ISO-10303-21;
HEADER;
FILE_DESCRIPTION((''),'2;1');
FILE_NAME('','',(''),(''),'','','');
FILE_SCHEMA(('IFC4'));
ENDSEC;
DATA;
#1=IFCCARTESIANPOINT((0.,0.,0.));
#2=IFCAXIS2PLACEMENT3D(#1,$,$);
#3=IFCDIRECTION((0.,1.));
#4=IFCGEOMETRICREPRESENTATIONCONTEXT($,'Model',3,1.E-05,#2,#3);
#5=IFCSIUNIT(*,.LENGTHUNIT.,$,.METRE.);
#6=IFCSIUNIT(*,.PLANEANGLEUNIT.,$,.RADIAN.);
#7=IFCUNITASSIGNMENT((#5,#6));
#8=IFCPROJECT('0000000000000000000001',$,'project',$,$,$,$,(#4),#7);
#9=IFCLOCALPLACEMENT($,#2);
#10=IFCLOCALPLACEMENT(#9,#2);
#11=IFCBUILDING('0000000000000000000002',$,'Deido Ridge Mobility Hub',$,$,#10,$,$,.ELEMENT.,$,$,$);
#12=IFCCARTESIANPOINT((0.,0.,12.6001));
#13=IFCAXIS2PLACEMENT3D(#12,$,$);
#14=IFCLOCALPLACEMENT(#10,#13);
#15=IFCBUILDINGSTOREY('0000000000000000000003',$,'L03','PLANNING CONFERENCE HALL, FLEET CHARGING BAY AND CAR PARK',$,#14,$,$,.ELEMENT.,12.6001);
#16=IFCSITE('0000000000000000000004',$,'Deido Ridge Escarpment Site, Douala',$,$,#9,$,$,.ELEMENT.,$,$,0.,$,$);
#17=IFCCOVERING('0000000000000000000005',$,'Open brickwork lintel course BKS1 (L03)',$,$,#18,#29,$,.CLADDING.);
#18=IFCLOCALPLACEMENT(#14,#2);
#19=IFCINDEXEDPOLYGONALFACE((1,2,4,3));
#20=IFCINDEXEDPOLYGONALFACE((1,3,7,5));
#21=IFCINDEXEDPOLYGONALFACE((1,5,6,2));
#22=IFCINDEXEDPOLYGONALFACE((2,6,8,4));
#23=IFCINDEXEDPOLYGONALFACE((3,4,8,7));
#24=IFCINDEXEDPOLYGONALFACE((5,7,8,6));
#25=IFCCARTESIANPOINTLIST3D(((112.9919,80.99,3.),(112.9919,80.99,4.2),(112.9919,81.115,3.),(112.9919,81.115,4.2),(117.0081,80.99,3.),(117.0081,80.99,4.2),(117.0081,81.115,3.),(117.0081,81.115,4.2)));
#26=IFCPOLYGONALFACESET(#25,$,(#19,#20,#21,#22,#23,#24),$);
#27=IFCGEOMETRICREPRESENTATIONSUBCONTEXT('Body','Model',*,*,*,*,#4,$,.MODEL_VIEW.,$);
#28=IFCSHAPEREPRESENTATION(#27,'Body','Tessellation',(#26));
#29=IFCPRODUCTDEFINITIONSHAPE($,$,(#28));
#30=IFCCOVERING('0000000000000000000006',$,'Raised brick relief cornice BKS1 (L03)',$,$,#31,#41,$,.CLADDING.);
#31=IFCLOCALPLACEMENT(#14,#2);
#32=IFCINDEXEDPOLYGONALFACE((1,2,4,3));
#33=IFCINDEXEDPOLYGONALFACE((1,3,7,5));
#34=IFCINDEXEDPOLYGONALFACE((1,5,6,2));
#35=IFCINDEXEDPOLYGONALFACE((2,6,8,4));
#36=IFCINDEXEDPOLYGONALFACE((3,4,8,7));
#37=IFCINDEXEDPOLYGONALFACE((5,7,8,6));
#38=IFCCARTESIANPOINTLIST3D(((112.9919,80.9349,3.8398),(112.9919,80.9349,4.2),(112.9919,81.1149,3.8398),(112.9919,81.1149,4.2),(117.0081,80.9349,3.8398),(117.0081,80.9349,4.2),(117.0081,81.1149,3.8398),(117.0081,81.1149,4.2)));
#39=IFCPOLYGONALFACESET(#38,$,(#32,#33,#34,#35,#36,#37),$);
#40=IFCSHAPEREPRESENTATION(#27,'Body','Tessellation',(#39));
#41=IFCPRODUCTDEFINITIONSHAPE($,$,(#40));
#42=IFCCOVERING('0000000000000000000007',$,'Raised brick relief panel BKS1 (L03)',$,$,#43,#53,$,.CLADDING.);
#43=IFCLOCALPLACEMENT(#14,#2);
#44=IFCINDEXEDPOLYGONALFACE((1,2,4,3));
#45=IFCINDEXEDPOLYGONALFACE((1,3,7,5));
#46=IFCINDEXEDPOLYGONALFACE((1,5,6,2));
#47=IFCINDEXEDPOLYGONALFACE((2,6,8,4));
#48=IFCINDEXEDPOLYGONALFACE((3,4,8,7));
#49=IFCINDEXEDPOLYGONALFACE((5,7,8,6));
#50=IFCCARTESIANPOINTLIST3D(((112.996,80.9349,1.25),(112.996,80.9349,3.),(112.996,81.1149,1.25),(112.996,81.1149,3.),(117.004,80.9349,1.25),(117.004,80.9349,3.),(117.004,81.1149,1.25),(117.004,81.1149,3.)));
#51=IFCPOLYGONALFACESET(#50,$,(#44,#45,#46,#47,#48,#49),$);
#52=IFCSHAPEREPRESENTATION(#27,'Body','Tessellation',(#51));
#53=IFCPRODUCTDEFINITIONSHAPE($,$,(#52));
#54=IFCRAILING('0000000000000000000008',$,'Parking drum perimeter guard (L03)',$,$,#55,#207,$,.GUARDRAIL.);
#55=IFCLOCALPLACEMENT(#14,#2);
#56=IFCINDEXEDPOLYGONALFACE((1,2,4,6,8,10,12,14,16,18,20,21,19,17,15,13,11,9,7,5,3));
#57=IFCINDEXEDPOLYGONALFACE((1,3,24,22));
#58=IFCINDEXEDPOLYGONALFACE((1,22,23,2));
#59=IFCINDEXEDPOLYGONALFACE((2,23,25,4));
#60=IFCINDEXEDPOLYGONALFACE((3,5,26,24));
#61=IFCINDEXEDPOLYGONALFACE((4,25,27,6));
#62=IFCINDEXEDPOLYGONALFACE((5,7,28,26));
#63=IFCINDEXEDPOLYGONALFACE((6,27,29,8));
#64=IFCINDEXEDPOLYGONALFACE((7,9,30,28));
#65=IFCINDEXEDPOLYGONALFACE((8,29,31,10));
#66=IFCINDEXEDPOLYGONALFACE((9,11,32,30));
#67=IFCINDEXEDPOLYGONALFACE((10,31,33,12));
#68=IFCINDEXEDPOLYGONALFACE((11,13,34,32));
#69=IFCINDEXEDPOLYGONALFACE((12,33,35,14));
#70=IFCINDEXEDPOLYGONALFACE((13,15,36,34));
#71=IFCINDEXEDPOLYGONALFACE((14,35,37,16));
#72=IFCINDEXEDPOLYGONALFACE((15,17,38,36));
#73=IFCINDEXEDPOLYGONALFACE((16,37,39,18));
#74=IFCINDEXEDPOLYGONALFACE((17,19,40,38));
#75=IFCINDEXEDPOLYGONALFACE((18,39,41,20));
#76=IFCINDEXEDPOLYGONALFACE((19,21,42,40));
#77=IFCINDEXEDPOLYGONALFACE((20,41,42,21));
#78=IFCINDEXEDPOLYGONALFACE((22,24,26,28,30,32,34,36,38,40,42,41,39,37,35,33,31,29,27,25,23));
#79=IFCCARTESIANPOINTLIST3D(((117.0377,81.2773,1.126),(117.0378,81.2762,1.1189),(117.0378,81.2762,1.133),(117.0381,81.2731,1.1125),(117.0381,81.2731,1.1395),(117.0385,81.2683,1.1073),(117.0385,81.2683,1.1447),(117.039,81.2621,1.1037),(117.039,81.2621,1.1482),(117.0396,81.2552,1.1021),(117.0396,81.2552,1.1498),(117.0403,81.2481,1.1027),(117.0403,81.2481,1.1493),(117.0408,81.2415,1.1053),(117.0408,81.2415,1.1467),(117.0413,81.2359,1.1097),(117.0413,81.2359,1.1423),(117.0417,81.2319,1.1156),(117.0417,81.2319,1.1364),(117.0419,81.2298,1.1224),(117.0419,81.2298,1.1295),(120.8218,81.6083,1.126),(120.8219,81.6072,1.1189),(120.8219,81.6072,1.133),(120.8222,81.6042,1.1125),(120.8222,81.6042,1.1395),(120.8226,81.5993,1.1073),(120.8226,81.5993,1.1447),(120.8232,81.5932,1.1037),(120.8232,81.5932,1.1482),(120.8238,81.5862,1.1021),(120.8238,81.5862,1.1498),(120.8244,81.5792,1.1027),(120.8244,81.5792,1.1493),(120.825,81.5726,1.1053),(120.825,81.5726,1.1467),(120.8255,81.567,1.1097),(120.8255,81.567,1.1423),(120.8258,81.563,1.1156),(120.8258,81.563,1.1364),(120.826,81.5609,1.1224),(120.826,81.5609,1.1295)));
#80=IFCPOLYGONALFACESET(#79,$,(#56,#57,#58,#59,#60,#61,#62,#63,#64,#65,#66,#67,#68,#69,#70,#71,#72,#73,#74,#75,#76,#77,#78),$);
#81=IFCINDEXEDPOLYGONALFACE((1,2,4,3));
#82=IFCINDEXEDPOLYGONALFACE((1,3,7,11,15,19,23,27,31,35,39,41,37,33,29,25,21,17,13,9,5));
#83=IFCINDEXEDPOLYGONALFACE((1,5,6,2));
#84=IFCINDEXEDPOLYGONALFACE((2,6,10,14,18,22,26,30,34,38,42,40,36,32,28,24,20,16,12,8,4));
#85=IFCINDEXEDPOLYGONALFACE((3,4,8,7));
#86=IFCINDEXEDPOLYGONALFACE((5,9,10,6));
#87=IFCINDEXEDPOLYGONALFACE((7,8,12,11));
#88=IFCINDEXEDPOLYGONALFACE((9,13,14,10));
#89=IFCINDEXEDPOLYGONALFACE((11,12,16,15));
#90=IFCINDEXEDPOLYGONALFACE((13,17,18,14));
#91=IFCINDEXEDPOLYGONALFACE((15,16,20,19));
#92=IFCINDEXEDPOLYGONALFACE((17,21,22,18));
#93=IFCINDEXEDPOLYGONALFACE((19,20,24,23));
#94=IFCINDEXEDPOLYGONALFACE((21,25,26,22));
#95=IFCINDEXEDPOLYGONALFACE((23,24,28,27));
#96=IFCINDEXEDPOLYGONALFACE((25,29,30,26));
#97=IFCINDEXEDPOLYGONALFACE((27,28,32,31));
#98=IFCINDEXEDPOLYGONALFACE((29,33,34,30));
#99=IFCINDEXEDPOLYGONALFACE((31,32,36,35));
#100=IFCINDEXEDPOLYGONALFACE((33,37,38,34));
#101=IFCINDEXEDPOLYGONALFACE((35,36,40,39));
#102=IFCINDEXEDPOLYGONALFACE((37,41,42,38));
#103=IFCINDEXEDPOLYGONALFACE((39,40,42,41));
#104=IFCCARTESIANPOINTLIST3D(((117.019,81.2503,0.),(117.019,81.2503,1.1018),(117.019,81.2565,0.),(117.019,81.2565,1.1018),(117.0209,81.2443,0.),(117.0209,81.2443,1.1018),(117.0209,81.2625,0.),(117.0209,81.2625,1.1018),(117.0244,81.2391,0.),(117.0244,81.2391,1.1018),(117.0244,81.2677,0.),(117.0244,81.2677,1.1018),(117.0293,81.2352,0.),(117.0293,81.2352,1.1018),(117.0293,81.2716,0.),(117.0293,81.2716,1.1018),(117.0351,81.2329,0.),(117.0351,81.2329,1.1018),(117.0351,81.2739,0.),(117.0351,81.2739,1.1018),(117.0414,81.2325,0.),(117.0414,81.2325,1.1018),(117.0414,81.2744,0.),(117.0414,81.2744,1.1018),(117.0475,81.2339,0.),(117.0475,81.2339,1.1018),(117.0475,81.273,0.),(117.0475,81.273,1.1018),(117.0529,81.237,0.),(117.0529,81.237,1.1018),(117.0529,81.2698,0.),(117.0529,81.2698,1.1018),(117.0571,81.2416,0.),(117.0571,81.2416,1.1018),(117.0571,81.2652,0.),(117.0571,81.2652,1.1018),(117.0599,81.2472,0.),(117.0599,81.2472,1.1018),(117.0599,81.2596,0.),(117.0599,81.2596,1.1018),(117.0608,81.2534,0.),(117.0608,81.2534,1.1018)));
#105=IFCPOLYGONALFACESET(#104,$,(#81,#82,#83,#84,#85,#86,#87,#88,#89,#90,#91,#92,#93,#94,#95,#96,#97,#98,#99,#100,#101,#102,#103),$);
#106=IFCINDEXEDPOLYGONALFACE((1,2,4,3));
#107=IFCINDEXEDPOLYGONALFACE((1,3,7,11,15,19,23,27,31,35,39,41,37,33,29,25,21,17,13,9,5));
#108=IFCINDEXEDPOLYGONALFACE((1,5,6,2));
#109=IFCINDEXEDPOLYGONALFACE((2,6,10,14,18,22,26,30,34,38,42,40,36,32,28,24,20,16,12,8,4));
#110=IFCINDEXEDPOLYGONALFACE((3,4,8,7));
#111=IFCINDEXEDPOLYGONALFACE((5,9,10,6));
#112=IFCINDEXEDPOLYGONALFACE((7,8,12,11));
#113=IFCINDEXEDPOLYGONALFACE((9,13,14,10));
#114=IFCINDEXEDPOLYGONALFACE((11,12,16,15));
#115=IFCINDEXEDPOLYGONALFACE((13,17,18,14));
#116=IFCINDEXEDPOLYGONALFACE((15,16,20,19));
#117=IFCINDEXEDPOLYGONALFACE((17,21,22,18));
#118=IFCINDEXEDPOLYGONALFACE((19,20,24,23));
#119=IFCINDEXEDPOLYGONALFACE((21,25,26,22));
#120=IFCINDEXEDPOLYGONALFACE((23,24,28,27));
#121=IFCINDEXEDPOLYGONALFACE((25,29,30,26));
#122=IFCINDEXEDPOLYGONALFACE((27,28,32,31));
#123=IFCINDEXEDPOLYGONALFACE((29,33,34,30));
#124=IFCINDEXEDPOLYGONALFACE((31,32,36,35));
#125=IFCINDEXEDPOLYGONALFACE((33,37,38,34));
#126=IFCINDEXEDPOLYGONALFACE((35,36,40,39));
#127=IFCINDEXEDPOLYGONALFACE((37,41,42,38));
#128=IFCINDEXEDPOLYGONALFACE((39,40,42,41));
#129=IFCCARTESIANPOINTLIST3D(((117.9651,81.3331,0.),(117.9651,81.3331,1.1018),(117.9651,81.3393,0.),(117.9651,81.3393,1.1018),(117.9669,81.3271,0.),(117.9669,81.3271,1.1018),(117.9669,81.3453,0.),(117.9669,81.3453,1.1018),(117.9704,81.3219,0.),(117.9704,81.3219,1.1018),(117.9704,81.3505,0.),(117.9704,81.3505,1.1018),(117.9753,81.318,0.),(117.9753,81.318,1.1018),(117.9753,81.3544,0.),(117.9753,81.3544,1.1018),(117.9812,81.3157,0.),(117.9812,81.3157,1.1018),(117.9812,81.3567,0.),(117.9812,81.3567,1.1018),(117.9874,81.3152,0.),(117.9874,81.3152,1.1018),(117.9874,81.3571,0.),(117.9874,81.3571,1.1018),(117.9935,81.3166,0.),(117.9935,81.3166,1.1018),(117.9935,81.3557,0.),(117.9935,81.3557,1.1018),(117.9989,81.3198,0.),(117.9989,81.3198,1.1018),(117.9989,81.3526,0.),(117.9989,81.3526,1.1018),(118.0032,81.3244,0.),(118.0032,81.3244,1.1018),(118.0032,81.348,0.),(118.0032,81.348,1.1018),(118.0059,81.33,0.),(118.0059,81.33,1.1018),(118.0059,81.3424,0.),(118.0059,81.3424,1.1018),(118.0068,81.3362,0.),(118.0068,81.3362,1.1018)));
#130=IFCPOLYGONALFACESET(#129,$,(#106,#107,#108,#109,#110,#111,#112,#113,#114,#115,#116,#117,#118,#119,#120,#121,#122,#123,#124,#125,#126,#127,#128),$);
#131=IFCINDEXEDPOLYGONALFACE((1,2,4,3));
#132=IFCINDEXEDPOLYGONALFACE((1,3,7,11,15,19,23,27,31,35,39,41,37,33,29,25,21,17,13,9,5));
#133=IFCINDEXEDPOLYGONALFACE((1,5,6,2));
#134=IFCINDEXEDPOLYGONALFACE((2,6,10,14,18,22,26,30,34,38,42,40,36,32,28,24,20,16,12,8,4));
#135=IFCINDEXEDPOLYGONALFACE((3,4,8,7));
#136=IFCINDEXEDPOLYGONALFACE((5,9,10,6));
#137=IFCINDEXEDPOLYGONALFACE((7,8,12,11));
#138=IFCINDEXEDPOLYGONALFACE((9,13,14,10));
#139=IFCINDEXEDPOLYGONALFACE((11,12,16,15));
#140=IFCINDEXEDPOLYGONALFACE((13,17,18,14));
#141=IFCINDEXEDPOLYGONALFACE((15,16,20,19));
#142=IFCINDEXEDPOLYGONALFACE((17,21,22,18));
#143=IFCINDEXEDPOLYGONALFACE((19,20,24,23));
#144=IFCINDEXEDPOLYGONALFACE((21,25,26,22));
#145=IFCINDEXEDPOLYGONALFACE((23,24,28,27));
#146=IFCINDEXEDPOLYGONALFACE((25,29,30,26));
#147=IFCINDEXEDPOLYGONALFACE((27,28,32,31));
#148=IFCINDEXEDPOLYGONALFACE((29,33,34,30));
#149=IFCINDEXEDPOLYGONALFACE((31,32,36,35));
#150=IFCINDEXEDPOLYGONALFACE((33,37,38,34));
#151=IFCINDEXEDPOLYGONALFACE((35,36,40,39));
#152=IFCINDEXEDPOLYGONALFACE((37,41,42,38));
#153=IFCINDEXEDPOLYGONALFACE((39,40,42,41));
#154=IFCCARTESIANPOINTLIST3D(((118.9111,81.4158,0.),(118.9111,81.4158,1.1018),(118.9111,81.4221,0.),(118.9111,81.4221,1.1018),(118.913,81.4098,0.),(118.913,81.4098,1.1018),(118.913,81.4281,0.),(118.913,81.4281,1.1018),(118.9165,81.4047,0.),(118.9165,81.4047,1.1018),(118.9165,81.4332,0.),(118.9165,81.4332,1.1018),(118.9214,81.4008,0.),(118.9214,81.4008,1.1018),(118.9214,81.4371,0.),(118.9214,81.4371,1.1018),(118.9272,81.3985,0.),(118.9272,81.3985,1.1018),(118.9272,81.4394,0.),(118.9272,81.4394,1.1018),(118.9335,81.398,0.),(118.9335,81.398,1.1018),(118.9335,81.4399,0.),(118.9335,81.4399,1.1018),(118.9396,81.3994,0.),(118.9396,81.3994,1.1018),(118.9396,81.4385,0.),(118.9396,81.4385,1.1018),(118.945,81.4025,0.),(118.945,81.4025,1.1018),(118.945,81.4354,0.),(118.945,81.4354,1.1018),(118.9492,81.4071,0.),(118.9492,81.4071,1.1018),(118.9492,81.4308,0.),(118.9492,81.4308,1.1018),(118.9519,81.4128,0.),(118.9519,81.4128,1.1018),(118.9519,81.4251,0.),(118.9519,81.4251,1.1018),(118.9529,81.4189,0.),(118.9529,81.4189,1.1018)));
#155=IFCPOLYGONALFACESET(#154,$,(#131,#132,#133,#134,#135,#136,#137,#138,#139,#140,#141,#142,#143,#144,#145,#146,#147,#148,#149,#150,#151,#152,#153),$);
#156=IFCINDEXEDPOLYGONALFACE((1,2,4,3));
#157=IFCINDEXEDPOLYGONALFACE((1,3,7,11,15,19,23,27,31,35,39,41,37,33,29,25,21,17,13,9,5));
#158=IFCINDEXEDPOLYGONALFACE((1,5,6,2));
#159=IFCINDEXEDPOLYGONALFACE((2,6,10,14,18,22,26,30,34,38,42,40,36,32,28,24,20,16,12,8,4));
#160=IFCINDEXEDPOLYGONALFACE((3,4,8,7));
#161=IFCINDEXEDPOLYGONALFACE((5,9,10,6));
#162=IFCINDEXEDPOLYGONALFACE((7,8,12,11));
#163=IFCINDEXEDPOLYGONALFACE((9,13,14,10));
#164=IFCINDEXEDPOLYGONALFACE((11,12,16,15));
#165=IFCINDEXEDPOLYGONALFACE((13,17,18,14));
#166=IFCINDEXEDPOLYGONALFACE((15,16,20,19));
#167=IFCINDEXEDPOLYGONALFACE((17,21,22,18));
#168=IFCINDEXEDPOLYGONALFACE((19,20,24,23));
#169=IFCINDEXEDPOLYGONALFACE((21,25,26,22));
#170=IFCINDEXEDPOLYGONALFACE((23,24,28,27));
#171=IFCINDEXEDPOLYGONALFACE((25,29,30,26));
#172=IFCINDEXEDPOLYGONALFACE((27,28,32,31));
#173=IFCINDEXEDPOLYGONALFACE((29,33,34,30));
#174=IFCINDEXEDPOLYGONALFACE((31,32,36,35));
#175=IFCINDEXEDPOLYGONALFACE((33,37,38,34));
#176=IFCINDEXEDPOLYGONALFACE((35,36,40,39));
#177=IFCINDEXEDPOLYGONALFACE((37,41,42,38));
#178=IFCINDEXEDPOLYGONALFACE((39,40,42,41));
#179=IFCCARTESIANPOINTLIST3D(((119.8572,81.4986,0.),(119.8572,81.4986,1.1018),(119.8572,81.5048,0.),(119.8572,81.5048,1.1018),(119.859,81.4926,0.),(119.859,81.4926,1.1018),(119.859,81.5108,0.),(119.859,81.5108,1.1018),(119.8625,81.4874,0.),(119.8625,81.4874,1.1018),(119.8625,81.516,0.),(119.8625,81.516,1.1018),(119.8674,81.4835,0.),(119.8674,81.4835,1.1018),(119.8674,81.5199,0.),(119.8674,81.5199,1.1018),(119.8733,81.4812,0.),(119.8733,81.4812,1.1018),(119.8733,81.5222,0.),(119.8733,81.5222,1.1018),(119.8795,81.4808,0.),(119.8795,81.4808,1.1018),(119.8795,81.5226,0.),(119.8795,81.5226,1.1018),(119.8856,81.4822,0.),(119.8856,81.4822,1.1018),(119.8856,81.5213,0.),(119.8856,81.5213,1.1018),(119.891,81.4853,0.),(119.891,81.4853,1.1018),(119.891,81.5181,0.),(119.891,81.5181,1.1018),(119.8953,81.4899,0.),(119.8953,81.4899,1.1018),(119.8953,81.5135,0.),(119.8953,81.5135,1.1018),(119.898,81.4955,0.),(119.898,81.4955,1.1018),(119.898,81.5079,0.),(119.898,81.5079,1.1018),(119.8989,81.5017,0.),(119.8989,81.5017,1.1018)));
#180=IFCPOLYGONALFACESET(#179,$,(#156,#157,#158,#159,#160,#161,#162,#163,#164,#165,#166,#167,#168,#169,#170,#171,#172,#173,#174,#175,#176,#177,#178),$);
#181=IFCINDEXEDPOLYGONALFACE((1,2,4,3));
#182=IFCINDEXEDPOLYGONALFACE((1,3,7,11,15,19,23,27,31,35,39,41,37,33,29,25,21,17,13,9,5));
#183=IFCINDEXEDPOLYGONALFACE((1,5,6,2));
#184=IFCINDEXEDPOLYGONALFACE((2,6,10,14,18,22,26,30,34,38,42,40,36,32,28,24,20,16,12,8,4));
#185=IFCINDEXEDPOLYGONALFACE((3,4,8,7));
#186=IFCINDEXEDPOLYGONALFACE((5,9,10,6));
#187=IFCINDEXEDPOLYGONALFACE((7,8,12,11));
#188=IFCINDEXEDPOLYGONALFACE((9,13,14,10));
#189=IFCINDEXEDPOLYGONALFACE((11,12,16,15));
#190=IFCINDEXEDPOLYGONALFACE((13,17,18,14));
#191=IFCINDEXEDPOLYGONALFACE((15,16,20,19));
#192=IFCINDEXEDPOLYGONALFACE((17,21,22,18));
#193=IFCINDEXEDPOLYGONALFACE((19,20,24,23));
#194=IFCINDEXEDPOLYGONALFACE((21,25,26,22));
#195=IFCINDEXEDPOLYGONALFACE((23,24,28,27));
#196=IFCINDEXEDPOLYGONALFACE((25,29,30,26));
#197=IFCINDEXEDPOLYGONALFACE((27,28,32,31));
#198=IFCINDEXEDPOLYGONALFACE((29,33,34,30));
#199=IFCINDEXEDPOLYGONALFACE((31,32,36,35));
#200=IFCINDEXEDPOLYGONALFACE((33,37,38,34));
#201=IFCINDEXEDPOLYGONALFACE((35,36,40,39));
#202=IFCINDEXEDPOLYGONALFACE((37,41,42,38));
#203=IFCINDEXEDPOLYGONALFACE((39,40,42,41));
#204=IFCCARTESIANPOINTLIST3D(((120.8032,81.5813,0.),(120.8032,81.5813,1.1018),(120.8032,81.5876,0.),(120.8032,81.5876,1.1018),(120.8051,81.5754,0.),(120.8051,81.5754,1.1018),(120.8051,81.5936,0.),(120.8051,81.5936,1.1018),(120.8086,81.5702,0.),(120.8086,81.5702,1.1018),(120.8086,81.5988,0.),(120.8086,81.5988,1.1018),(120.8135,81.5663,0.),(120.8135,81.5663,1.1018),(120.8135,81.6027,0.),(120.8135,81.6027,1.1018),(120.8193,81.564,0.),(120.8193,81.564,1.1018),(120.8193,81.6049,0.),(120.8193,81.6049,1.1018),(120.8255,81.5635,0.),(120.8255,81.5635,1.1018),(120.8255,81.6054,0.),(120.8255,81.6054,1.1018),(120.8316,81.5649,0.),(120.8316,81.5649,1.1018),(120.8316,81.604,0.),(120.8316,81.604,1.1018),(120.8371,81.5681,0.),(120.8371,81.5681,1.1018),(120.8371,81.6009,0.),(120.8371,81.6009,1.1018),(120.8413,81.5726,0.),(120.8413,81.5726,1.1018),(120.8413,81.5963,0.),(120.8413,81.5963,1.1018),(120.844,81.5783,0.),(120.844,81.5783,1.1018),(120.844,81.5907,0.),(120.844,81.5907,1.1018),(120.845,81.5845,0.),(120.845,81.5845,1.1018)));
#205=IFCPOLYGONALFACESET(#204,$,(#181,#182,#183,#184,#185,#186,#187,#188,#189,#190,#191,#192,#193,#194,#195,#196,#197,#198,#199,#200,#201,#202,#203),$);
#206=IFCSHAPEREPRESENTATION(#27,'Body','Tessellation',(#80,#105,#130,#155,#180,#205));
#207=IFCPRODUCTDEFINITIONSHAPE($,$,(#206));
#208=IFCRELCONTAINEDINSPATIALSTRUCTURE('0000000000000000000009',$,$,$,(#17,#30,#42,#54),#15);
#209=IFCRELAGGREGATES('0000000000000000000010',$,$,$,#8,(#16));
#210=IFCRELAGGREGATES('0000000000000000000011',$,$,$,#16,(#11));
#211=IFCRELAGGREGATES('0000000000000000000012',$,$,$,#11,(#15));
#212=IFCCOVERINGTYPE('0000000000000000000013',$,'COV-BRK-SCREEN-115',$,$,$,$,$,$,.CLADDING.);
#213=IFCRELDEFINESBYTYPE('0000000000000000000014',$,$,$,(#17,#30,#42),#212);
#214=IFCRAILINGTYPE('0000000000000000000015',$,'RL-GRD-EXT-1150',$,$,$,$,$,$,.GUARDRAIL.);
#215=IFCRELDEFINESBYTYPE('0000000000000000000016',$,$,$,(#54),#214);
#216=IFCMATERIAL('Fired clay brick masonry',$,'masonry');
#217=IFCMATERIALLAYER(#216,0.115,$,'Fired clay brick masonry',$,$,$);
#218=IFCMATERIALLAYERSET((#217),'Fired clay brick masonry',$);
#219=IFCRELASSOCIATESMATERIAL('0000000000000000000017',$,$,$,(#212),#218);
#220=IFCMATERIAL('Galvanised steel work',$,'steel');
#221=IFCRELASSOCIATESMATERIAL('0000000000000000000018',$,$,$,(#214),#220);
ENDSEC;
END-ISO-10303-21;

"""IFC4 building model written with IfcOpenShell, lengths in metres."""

from ifc_helpers import new_model, si_unit, direction, frame, origin, origin_2d, place, context, subcontext, project, spatial, rectangle, circle, extrude, material, layer, layer_set, type_object, element, save


model = new_model("IFC4")

# Units and contexts
model_context = context("Model", 3, precision=1e-05, world=origin(), true_north=direction((0.0, 1.0)))
body_context = subcontext(model_context, "Body", "Model", "MODEL_VIEW")
ifc_project = project(units=[si_unit("LENGTHUNIT", "METRE"), si_unit("PLANEANGLEUNIT", "RADIAN")], contexts=[model_context])

# Site, building, storey
site_placement = place(None, origin())
site = spatial("IfcSite", under=ifc_project, at=site_placement, Name="Deido Ridge Escarpment Site, Douala", CompositionType="ELEMENT", RefElevation=0.0)
building_placement = place(site_placement, origin())
building = spatial("IfcBuilding", under=site, at=building_placement, Name="Deido Ridge Mobility Hub", CompositionType="ELEMENT")
storey_placement = place(building_placement, frame((0.0, 0.0, 12.6001)))
storey = spatial("IfcBuildingStorey", under=building, at=storey_placement, Name="L03", Description="PLANNING CONFERENCE HALL, FLEET CHARGING BAY AND CAR PARK", CompositionType="ELEMENT", Elevation=12.6001)

# Coverings
ifc_material_1 = material(Name="Fired clay brick masonry", Category="masonry")
ifc_layer = layer(ifc_material_1, 0.115, Name="Fired clay brick masonry")
ifc_layer_set = layer_set([ifc_layer], Name="Fired clay brick masonry")
covering_type = type_object("IfcCoveringType", Name="COV-BRK-SCREEN-115", PredefinedType="CLADDING", material=ifc_layer_set)
covering_1_placement = place(storey_placement, frame((115.0, 81.0525, 3.0), z_axis=(0.0, 0.0, 1.0), x_axis=(1.0, 0.0, 0.0)))
element("IfcCovering", 1, at=covering_1_placement, inside=storey, type_object=covering_type, Name="Open brickwork lintel course BKS1 (L03)", PredefinedType="CLADDING", context=body_context, shape_type="SweptSolid", body=[
    extrude(rectangle(XDim=4.0161, YDim=0.125, at=origin_2d()), origin(), (0.0, 0.0, 1.0), 1.2),
])
covering_2_placement = place(storey_placement, frame((115.0, 81.0249, 3.8398), z_axis=(0.0, 0.0, 1.0), x_axis=(1.0, 0.0, 0.0)))
element("IfcCovering", 2, at=covering_2_placement, inside=storey, type_object=covering_type, Name="Raised brick relief cornice BKS1 (L03)", PredefinedType="CLADDING", context=body_context, shape_type="SweptSolid", body=[
    extrude(rectangle(XDim=4.0161, YDim=0.1799, at=origin_2d()), origin(), (0.0, 0.0, 1.0), 0.3601),
])
covering_3_placement = place(storey_placement, frame((115.0, 81.0249, 1.25), z_axis=(0.0, 0.0, 1.0), x_axis=(1.0, 0.0, 0.0)))
element("IfcCovering", 3, at=covering_3_placement, inside=storey, type_object=covering_type, Name="Raised brick relief panel BKS1 (L03)", PredefinedType="CLADDING", context=body_context, shape_type="SweptSolid", body=[
    extrude(rectangle(XDim=4.0081, YDim=0.1799, at=origin_2d()), origin(), (0.0, 0.0, 1.0), 1.75),
])

# Railing
ifc_material_2 = material(Name="Galvanised steel work", Category="steel")
railing_type = type_object("IfcRailingType", Name="RL-GRD-EXT-1150", PredefinedType="GUARDRAIL", material=ifc_material_2)
railing_1_placement = place(storey_placement, frame((117.0398, 81.2534, 0.0)))
element("IfcRailing", 4, at=railing_1_placement, inside=storey, type_object=railing_type, Name="Parking drum perimeter guard (L03)", PredefinedType="GUARDRAIL", context=body_context, shape_type="SweptSolid", body=[
    extrude(circle(Radius=0.0239, at=origin_2d()), frame((0.0, 0.0, 1.126), z_axis=(0.996195, 0.087151, 0.0), x_axis=(-0.087151, 0.996195, 0.0)), (0.0, 0.0, 1.0), 3.7986),
    extrude(circle(Radius=0.021, at=origin_2d()), origin(), (0.0, 0.0, 1.0), 1.1018),
    extrude(circle(Radius=0.021, at=origin_2d()), frame((0.946, 0.0828, 0.0)), (0.0, 0.0, 1.0), 1.1018),
    extrude(circle(Radius=0.021, at=origin_2d()), frame((1.8921, 0.1655, 0.0)), (0.0, 0.0, 1.0), 1.1018),
    extrude(circle(Radius=0.021, at=origin_2d()), frame((2.8381, 0.2483, 0.0)), (0.0, 0.0, 1.0), 1.1018),
    extrude(circle(Radius=0.021, at=origin_2d()), frame((3.7842, 0.3311, 0.0)), (0.0, 0.0, 1.0), 1.1018),
])

save(model, "model.ifc")
